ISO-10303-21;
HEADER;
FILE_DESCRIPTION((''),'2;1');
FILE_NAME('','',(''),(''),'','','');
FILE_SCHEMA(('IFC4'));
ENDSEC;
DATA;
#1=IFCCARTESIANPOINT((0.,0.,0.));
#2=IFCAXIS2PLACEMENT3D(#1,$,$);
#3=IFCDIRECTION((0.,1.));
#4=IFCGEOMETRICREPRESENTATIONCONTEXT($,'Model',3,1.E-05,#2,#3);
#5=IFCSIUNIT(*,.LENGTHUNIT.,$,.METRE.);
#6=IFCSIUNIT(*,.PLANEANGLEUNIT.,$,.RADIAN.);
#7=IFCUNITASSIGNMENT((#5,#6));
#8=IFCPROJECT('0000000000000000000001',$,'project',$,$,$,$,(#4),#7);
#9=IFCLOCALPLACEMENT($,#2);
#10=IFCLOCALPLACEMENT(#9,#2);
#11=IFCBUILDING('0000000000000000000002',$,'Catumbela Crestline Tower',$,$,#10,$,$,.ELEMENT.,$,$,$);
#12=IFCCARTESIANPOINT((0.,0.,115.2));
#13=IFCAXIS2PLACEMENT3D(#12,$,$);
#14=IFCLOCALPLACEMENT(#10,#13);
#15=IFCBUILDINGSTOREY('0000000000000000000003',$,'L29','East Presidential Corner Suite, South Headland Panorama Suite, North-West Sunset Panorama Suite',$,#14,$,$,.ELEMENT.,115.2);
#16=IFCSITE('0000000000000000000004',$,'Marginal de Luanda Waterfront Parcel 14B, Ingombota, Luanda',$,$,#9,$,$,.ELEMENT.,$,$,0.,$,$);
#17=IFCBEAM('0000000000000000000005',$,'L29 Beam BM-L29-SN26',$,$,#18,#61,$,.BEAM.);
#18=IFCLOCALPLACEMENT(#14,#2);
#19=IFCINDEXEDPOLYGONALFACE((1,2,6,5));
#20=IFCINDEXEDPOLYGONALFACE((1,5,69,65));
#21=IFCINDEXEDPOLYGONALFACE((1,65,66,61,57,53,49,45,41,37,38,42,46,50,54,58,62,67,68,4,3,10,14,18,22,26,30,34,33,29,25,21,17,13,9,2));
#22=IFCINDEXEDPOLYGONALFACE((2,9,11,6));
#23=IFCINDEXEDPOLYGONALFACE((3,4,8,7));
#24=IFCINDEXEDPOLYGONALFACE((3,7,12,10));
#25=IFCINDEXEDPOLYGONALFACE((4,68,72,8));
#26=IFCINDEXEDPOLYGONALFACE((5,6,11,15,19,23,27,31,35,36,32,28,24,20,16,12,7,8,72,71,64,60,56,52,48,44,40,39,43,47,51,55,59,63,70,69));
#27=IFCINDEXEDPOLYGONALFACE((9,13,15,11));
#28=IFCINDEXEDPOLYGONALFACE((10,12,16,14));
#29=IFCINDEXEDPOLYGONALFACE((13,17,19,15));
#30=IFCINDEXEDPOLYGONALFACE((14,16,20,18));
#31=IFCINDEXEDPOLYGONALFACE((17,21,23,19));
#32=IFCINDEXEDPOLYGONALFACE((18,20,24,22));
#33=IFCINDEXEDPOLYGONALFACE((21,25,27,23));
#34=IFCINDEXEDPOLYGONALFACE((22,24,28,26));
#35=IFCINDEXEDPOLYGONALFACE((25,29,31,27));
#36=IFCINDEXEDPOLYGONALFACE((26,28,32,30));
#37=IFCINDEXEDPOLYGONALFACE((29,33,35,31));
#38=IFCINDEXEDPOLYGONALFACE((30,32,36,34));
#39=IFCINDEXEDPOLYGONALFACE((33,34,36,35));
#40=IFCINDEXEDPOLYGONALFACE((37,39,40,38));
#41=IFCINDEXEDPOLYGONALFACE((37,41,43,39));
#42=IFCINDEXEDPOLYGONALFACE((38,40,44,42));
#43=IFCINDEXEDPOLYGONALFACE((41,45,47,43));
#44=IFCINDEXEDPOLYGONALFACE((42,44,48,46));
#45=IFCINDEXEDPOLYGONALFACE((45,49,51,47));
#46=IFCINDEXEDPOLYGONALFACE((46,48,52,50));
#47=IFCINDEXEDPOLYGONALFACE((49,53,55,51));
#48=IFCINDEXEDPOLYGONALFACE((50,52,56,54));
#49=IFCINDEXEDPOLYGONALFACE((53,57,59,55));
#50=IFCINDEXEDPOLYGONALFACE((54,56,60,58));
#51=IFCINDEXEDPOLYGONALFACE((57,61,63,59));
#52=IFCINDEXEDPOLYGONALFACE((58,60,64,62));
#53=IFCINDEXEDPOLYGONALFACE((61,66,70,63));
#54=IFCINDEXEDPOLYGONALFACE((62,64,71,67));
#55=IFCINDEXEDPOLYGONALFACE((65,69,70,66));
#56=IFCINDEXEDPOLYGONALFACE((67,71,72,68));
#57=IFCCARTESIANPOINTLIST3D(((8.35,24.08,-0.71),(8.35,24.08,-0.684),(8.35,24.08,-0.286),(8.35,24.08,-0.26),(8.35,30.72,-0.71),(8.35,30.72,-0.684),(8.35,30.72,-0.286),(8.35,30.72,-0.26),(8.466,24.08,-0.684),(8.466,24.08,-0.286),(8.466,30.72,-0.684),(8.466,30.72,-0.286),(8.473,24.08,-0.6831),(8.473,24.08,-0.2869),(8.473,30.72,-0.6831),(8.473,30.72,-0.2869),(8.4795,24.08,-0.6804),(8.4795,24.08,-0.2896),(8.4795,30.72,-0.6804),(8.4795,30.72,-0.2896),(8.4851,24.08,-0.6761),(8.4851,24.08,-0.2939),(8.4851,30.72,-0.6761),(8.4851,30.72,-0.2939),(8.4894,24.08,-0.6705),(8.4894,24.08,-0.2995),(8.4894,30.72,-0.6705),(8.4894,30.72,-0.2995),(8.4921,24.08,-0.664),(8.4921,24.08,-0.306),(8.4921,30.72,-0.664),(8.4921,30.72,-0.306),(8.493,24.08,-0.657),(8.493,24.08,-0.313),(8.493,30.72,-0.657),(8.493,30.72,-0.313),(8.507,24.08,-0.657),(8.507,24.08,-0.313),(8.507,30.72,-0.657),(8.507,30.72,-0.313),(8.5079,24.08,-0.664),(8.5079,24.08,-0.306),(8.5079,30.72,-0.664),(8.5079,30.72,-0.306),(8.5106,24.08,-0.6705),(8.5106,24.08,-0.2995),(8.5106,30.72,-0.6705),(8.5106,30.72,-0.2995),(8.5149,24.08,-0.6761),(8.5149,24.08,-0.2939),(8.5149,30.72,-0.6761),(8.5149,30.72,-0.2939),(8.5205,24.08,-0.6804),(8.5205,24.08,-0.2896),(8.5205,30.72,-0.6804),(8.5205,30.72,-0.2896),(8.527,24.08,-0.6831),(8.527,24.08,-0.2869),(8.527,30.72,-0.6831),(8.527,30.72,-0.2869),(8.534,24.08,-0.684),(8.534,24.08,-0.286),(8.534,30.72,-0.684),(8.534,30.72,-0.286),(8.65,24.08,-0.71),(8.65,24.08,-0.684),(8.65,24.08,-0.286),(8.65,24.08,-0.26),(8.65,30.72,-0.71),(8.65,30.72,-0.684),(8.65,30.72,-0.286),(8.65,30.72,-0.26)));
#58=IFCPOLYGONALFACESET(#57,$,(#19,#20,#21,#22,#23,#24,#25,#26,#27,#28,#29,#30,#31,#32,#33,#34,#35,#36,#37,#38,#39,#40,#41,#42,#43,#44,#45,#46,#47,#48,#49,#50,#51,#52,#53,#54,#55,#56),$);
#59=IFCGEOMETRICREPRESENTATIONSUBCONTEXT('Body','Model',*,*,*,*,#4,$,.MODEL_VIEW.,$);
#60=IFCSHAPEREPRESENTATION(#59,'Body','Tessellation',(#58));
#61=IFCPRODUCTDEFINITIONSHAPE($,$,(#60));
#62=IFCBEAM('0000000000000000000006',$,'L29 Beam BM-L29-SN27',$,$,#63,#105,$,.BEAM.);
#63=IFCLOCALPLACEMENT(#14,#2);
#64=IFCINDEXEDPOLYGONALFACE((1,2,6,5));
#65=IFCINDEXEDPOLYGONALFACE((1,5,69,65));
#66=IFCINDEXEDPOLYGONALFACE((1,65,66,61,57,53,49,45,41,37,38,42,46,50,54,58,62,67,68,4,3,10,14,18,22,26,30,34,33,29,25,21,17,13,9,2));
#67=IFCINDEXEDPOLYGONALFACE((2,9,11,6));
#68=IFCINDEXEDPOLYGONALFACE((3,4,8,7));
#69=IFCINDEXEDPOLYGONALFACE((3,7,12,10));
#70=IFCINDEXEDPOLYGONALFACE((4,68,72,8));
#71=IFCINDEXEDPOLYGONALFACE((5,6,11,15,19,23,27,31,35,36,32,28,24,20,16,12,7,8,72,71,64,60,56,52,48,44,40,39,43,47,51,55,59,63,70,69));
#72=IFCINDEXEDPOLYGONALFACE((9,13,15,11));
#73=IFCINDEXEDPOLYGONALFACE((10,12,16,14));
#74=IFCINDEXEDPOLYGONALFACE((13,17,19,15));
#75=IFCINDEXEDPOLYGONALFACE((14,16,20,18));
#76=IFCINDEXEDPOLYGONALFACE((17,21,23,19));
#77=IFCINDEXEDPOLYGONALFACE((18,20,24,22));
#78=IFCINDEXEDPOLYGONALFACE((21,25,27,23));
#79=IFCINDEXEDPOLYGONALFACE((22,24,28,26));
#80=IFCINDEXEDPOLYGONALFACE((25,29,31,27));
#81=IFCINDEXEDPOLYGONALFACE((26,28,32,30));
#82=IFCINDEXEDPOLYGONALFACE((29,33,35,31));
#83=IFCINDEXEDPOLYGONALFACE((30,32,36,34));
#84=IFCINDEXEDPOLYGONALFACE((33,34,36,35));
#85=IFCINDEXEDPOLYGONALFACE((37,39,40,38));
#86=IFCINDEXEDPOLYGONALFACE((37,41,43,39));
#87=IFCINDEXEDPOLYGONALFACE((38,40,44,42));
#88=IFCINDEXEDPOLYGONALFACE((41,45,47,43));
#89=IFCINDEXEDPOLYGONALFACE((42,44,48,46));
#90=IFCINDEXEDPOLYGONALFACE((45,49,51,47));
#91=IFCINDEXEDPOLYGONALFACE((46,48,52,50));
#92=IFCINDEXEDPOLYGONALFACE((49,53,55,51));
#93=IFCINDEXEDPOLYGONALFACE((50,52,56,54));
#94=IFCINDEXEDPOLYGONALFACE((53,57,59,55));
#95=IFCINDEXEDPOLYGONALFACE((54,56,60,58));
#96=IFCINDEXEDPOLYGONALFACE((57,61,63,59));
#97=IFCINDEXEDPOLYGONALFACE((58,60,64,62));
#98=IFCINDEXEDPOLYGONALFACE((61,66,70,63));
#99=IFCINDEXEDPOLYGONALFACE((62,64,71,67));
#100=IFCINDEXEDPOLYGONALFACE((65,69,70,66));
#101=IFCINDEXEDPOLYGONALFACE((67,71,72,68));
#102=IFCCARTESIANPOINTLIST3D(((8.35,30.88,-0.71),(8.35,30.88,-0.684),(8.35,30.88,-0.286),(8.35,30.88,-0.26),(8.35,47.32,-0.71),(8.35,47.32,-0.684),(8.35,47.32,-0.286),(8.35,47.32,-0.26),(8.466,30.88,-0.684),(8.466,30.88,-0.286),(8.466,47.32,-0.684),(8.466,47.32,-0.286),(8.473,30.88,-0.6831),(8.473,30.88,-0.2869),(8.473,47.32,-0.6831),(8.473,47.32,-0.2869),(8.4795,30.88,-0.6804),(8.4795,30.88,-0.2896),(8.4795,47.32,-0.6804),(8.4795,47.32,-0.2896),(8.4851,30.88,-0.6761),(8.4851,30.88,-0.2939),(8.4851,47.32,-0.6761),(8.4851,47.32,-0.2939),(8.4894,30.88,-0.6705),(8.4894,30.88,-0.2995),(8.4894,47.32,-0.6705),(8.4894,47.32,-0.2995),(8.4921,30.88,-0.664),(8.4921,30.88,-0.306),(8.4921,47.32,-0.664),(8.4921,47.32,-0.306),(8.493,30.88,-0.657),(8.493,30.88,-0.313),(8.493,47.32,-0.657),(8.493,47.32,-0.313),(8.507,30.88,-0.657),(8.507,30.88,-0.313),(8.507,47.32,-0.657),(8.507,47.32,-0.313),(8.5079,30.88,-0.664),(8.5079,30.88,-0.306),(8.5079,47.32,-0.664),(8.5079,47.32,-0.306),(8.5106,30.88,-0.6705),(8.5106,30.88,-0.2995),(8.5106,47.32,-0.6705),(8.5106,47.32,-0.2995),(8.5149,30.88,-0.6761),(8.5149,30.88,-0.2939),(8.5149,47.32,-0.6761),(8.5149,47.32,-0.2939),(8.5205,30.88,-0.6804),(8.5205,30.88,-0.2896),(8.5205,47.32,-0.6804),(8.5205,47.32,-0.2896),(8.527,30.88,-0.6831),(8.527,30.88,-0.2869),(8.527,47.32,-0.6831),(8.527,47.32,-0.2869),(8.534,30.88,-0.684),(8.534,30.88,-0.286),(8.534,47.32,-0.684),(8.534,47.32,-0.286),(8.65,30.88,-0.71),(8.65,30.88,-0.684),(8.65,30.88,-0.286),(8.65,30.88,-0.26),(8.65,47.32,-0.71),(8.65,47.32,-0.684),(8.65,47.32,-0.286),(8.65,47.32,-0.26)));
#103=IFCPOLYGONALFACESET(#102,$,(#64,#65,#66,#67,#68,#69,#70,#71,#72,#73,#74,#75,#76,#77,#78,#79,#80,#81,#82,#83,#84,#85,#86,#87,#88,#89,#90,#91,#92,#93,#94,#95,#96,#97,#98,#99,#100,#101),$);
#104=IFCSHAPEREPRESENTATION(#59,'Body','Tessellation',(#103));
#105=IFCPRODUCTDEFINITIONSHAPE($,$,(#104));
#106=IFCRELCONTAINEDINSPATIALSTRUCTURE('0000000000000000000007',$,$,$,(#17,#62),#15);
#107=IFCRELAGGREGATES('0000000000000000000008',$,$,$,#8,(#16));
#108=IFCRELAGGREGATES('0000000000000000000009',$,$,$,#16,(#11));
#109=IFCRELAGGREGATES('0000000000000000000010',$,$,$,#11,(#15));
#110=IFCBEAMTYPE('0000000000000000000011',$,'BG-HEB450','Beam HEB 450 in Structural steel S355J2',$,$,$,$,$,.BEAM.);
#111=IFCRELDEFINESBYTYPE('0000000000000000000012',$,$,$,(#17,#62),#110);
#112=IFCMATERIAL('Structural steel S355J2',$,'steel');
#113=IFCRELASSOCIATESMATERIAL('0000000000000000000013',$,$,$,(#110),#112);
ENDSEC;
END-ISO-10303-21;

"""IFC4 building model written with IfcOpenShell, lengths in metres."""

from ifc_helpers import new_model, si_unit, direction, frame, origin, origin_2d, place, context, subcontext, project, spatial, i_section, extrude, material, material_profile, profile_set, type_object, element, save


model = new_model("IFC4")

# Units and contexts
model_context = context("Model", 3, precision=1e-05, world=origin(), true_north=direction((0.0, 1.0)))
body_context = subcontext(model_context, "Body", "Model", "MODEL_VIEW")
ifc_project = project(units=[si_unit("LENGTHUNIT", "METRE"), si_unit("PLANEANGLEUNIT", "RADIAN")], contexts=[model_context])

# Site, building, storey
site_placement = place(None, origin())
site = spatial("IfcSite", under=ifc_project, at=site_placement, Name="Marginal de Luanda Waterfront Parcel 14B, Ingombota, Luanda", CompositionType="ELEMENT", RefElevation=0.0)
building_placement = place(site_placement, origin())
building = spatial("IfcBuilding", under=site, at=building_placement, Name="Catumbela Crestline Tower", CompositionType="ELEMENT")
storey_placement = place(building_placement, frame((0.0, 0.0, 115.2)))
storey = spatial("IfcBuildingStorey", under=building, at=storey_placement, Name="L29", Description="East Presidential Corner Suite, South Headland Panorama Suite, North-West Sunset Panorama Suite", CompositionType="ELEMENT", Elevation=115.2)

# Beams
ifc_material_1 = material(Name="Structural steel S355J2", Category="steel")
ifc_material_profile_1 = material_profile(ifc_material_1, i_section(OverallWidth=0.3, OverallDepth=0.45, WebThickness=0.014, FlangeThickness=0.026, FilletRadius=0.027, at=origin_2d()), Name="HEB 450")
ifc_profile_set_1 = profile_set([ifc_material_profile_1], Name="Structural steel S355J2")
beam_type = type_object("IfcBeamType", Name="BG-HEB450", Description="Beam HEB 450 in Structural steel S355J2", PredefinedType="BEAM", material=ifc_profile_set_1)
beam_1_placement = place(storey_placement, frame((8.5, 24.08, -0.485), z_axis=(0.0, 1.0, 0.0), x_axis=(-1.0, 0.0, 0.0)))
element("IfcBeam", 1, at=beam_1_placement, inside=storey, type_object=beam_type, Name="L29 Beam BM-L29-SN26", PredefinedType="BEAM", context=body_context, shape_type="SweptSolid", body=[
    extrude(i_section(OverallWidth=0.3, OverallDepth=0.45, WebThickness=0.014, FlangeThickness=0.026, FilletRadius=0.027, at=origin_2d()), origin(), (0.0, 0.0, 1.0), 6.64),
])
beam_2_placement = place(storey_placement, frame((8.5, 30.88, -0.485), z_axis=(0.0, 1.0, 0.0), x_axis=(-1.0, 0.0, 0.0)))
element("IfcBeam", 2, at=beam_2_placement, inside=storey, type_object=beam_type, Name="L29 Beam BM-L29-SN27", PredefinedType="BEAM", context=body_context, shape_type="SweptSolid", body=[
    extrude(i_section(OverallWidth=0.3, OverallDepth=0.45, WebThickness=0.014, FlangeThickness=0.026, FilletRadius=0.027, at=origin_2d()), origin(), (0.0, 0.0, 1.0), 16.44),
])

save(model, "model.ifc")
